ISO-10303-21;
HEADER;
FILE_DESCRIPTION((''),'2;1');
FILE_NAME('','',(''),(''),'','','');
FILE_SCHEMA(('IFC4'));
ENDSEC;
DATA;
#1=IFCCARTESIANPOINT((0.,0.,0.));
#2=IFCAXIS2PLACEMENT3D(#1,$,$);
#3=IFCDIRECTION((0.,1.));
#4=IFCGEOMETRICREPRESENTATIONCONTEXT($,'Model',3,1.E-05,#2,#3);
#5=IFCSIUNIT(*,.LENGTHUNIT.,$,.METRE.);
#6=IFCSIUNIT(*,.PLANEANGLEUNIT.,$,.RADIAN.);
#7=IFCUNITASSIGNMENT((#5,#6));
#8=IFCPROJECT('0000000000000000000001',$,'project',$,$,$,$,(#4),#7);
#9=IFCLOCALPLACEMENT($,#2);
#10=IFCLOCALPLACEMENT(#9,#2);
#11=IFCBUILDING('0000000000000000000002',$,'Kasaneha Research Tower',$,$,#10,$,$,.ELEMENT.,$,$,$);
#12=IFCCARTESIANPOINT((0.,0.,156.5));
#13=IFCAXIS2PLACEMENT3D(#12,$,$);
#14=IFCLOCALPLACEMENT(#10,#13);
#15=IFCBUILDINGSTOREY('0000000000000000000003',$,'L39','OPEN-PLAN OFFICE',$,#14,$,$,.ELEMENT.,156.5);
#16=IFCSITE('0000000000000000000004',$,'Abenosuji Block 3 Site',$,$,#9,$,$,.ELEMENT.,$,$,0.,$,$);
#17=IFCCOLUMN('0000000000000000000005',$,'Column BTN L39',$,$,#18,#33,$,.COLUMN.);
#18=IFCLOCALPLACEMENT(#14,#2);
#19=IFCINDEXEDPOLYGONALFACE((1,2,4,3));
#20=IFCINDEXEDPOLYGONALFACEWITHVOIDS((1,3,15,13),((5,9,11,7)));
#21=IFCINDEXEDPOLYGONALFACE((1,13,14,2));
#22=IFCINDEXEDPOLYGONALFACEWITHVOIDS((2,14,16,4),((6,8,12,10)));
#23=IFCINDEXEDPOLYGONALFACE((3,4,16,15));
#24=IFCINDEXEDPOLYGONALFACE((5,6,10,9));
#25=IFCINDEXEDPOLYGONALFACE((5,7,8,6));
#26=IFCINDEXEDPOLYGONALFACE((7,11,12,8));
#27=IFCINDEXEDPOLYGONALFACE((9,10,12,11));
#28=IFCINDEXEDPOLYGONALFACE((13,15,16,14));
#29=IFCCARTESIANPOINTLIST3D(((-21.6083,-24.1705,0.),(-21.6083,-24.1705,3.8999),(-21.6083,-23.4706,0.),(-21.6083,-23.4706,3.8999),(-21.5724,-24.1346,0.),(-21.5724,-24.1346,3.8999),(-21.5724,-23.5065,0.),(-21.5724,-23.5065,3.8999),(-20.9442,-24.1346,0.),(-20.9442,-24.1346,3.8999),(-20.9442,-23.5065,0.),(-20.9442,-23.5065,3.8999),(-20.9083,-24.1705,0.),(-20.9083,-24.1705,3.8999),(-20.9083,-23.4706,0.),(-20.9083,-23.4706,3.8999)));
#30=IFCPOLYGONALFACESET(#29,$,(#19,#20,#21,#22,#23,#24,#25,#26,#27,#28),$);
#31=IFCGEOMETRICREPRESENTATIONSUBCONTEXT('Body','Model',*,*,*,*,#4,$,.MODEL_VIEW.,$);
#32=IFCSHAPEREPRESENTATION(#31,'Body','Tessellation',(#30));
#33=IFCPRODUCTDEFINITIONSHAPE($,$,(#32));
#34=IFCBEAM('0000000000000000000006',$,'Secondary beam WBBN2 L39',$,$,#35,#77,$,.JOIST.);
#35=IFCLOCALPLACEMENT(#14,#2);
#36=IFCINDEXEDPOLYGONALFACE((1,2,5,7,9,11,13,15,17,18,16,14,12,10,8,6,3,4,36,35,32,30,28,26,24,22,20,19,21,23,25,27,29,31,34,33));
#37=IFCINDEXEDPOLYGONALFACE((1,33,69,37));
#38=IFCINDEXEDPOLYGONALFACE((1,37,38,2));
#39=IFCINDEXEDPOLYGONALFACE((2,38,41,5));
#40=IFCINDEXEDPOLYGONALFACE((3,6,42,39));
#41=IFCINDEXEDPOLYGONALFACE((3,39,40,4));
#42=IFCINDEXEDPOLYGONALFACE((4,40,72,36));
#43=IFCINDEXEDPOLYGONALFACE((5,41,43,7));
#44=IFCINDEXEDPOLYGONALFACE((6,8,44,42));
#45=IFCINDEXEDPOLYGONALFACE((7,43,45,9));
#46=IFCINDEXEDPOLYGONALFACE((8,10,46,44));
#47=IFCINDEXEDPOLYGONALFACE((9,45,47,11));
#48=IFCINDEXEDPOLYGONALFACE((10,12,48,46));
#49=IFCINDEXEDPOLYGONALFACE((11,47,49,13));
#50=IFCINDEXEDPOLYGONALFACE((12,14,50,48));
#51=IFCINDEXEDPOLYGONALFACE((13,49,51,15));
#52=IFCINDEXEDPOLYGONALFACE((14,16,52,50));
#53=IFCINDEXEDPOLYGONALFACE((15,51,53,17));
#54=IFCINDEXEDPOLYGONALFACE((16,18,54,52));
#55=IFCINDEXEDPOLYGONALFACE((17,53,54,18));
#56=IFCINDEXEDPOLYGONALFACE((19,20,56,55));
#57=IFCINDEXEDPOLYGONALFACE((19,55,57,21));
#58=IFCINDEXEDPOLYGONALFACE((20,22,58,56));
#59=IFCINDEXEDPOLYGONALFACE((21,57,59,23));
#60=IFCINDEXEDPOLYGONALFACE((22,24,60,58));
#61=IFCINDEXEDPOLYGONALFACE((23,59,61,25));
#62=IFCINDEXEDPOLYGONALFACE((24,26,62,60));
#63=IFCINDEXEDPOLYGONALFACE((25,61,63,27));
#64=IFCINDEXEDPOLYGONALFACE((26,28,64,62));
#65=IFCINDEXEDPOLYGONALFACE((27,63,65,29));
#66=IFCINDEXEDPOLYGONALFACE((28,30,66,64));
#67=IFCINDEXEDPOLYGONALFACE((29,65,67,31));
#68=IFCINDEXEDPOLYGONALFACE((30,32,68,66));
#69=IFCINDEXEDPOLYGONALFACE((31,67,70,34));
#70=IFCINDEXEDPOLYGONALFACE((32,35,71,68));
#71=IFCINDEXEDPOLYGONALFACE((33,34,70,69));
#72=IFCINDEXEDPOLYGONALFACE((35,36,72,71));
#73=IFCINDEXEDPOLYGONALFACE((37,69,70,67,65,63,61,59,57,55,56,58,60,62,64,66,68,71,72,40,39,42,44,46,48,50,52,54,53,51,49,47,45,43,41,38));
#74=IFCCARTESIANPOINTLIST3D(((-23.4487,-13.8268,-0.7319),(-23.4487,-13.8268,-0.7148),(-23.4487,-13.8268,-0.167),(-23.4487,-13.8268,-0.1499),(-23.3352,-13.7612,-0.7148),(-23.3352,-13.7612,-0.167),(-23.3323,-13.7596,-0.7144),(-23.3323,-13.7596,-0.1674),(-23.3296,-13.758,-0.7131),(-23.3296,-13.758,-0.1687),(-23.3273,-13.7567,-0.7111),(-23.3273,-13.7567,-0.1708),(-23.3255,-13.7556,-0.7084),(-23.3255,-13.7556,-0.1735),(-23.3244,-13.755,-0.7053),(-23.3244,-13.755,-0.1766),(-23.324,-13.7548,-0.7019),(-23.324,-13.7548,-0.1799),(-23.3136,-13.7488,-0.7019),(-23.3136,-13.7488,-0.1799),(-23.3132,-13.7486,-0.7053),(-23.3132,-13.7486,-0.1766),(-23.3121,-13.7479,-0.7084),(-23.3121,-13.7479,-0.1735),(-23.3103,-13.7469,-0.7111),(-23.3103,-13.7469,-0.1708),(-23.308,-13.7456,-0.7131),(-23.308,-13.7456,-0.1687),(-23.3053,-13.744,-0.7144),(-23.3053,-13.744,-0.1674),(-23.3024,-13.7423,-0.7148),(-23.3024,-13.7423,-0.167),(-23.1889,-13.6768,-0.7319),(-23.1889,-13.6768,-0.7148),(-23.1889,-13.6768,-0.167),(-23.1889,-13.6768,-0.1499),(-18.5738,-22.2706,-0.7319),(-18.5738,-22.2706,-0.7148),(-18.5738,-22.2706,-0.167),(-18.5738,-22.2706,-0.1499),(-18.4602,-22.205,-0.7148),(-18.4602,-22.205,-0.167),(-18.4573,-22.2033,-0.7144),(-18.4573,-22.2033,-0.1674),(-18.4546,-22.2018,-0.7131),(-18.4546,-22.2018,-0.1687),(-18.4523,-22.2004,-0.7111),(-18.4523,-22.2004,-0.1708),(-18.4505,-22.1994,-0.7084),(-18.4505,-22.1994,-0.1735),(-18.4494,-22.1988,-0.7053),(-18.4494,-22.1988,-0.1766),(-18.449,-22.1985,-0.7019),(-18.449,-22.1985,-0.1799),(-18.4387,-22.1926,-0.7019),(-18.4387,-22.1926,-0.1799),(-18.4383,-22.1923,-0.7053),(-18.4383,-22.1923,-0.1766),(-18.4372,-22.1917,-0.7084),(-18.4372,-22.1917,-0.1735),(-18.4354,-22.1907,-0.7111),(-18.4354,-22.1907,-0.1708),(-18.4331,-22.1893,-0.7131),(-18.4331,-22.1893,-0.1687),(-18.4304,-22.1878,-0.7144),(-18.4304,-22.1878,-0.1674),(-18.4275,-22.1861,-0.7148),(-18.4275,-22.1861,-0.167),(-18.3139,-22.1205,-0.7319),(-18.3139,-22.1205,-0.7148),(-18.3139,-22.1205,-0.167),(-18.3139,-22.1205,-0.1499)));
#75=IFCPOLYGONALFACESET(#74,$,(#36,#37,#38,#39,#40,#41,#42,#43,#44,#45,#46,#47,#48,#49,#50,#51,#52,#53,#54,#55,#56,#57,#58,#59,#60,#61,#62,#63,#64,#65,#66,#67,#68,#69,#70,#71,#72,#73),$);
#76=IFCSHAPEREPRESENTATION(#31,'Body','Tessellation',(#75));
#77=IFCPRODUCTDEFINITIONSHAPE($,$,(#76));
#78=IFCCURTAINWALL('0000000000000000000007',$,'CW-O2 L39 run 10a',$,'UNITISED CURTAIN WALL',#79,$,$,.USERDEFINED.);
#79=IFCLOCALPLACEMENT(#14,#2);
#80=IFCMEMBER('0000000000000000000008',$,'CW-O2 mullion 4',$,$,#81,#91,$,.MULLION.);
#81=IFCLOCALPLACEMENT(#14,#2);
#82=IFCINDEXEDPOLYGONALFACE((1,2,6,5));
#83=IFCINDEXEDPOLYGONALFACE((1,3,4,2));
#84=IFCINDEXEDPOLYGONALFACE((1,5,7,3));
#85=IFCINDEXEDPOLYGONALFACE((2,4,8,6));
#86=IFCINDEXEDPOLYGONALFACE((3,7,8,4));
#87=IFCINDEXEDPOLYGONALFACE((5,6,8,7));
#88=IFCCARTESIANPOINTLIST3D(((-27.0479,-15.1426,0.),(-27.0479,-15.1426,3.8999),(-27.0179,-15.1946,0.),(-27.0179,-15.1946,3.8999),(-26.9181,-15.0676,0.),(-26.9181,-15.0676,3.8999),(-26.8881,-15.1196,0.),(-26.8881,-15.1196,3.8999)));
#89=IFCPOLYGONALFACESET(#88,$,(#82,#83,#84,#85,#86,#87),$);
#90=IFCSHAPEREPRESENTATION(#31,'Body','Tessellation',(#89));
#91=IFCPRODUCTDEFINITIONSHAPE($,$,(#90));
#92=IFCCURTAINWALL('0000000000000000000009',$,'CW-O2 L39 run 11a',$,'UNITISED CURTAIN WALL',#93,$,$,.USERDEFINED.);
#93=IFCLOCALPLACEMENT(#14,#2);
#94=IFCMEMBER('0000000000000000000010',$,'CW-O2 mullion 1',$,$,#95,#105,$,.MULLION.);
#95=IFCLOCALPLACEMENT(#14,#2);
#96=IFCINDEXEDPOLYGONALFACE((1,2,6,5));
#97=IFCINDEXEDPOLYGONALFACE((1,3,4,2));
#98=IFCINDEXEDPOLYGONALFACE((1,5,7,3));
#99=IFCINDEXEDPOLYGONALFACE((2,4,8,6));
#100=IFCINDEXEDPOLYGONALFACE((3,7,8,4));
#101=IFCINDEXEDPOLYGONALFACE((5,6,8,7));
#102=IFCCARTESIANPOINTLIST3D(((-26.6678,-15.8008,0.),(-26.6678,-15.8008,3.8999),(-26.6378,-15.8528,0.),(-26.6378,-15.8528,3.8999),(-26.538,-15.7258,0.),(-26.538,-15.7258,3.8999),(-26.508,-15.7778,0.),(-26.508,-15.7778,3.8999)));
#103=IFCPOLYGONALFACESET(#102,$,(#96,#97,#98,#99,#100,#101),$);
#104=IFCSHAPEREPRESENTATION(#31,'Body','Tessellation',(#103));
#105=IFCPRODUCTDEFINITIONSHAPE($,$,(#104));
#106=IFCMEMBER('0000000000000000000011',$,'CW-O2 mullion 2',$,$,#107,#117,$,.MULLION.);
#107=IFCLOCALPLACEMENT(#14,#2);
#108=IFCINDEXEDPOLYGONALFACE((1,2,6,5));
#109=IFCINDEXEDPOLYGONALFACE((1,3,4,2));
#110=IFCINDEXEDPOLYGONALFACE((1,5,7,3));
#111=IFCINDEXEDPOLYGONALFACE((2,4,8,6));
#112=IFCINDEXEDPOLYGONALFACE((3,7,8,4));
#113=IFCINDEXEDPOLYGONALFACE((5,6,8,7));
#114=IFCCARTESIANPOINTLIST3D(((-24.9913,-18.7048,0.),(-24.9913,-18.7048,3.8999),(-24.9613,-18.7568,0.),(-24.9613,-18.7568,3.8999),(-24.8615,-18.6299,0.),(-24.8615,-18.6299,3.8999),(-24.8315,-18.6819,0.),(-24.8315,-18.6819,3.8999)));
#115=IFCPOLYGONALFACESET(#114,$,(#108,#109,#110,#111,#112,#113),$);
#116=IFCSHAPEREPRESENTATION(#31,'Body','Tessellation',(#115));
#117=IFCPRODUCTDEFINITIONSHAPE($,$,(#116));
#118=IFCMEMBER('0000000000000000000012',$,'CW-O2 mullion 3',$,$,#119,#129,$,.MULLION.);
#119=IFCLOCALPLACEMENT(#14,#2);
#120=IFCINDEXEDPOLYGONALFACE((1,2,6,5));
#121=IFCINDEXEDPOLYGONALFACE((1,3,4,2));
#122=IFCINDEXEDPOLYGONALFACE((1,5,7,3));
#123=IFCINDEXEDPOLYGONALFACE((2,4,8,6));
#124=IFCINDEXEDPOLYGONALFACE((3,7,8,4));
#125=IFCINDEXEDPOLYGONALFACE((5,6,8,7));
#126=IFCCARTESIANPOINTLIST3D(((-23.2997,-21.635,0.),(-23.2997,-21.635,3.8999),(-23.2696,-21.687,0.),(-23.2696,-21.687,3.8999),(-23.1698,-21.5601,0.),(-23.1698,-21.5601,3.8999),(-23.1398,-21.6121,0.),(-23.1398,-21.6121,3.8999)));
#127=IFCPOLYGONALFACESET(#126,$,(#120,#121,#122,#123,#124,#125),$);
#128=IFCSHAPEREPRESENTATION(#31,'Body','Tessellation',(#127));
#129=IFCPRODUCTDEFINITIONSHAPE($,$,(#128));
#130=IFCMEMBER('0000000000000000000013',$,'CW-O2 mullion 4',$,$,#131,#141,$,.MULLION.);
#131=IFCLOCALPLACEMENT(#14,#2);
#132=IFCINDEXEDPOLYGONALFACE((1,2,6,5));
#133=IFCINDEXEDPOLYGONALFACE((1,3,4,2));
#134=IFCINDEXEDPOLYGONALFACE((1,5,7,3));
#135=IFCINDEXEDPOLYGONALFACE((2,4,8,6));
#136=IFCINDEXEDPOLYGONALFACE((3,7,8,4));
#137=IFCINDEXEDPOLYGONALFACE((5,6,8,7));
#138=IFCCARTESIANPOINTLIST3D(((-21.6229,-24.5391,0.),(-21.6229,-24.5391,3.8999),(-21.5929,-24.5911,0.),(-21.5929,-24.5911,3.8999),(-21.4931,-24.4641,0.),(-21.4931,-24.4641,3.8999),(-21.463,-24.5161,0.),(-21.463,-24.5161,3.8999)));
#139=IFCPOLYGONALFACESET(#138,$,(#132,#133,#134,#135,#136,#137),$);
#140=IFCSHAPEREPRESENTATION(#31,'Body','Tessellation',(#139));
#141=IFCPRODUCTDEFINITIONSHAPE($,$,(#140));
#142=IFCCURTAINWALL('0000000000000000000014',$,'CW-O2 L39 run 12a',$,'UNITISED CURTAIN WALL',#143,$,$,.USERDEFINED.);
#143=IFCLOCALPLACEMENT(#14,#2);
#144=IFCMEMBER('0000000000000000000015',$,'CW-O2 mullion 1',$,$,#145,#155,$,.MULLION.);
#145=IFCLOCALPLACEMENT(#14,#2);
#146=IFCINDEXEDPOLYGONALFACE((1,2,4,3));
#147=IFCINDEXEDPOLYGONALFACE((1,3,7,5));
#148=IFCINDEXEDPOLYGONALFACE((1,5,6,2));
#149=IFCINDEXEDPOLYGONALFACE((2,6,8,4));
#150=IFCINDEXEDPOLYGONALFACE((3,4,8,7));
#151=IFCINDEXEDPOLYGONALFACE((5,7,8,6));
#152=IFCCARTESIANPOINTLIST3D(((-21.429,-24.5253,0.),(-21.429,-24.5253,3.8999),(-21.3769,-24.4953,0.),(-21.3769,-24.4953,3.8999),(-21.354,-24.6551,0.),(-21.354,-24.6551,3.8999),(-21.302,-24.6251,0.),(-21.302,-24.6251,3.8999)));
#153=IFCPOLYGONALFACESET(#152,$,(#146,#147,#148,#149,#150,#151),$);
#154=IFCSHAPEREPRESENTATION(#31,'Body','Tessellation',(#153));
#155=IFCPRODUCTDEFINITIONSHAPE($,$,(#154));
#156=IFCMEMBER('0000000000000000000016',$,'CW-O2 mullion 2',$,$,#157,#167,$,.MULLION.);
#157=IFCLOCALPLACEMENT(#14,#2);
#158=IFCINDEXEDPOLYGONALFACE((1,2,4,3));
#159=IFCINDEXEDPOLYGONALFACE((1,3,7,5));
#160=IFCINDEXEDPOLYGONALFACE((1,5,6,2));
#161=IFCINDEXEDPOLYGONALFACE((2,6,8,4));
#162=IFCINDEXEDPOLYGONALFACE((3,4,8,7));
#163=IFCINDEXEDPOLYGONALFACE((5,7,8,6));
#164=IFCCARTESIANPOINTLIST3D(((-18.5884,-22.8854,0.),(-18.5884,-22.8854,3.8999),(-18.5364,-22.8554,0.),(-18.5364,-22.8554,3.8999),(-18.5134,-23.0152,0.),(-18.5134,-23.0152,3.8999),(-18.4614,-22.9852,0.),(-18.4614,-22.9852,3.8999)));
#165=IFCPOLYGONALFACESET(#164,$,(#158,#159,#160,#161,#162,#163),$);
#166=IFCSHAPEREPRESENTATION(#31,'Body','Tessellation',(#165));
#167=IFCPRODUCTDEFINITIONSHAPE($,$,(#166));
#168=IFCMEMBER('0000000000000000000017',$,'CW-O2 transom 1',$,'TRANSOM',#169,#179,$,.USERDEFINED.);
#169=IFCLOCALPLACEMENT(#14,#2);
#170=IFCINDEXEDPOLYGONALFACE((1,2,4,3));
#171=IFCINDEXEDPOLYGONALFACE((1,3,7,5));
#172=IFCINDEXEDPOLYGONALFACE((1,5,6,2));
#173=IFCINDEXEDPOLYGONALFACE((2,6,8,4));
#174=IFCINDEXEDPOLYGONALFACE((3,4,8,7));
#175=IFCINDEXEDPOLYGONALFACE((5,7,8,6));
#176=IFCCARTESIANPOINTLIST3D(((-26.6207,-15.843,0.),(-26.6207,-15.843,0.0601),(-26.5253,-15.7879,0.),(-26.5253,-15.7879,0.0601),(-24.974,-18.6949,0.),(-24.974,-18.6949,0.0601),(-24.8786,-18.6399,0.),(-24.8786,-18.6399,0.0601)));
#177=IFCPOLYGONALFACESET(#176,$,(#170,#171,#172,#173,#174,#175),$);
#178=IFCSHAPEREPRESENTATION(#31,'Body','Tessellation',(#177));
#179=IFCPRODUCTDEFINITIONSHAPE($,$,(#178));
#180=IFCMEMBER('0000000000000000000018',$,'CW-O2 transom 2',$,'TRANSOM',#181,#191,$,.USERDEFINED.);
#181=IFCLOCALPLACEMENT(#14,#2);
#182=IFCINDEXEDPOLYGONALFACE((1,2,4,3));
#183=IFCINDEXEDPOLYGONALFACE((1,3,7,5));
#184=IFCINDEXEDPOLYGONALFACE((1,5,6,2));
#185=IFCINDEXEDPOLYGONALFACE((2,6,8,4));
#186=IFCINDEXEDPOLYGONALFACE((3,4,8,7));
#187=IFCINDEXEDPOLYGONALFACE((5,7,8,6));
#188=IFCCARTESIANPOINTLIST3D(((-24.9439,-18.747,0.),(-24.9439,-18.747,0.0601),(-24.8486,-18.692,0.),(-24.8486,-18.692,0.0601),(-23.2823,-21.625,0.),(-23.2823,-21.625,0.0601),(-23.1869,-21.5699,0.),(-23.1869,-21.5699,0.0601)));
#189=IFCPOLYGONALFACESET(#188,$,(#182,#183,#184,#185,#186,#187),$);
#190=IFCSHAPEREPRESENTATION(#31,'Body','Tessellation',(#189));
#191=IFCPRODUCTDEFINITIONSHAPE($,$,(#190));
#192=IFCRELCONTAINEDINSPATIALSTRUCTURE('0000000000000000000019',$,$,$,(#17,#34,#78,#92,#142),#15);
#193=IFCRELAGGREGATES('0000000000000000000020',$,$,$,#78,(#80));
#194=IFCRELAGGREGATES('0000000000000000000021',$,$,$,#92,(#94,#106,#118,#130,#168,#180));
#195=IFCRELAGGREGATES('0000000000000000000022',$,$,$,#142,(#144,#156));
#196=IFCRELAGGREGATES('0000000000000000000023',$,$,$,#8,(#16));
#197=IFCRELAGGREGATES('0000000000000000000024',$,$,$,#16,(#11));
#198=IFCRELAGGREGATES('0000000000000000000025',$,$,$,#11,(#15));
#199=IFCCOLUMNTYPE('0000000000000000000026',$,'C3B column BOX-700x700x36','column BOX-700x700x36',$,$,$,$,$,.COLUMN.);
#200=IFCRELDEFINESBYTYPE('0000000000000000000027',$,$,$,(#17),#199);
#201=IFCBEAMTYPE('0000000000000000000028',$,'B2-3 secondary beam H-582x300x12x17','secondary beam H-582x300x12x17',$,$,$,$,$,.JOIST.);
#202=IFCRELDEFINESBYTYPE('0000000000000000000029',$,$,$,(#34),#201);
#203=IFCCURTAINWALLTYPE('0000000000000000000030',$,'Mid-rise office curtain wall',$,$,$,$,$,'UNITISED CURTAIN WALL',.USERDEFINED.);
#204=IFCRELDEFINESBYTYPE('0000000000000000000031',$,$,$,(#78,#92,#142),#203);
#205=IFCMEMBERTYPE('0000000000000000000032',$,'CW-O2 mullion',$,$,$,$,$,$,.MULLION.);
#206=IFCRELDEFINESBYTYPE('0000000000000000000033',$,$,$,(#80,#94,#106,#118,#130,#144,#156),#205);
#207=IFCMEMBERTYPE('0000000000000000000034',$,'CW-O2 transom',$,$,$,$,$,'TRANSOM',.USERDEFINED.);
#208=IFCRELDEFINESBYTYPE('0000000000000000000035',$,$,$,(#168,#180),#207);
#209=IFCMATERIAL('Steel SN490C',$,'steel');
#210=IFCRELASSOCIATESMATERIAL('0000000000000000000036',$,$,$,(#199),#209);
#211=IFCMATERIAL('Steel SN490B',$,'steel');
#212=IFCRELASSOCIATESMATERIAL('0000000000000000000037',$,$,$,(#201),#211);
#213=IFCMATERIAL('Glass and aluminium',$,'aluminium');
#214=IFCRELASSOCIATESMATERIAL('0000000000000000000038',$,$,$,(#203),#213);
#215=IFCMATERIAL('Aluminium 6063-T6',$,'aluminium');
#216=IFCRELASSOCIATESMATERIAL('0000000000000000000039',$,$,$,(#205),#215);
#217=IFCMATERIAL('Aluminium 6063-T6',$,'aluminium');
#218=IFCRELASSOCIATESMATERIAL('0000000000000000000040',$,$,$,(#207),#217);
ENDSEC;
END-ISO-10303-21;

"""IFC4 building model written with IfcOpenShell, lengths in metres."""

from ifc_helpers import new_model, si_unit, direction, frame, origin, origin_2d, place, context, subcontext, project, spatial, rectangle, hollow_rectangle, i_section, extrude, material, material_profile, profile_set, type_object, element, aggregate, save


model = new_model("IFC4")

# Units and contexts
model_context = context("Model", 3, precision=1e-05, world=origin(), true_north=direction((0.0, 1.0)))
body_context = subcontext(model_context, "Body", "Model", "MODEL_VIEW")
ifc_project = project(units=[si_unit("LENGTHUNIT", "METRE"), si_unit("PLANEANGLEUNIT", "RADIAN")], contexts=[model_context])

# Site, building, storey
site_placement = place(None, origin())
site = spatial("IfcSite", under=ifc_project, at=site_placement, Name="Abenosuji Block 3 Site", CompositionType="ELEMENT", RefElevation=0.0)
building_placement = place(site_placement, origin())
building = spatial("IfcBuilding", under=site, at=building_placement, Name="Kasaneha Research Tower", CompositionType="ELEMENT")
storey_placement = place(building_placement, frame((0.0, 0.0, 156.5)))
storey = spatial("IfcBuildingStorey", under=building, at=storey_placement, Name="L39", Description="OPEN-PLAN OFFICE", CompositionType="ELEMENT", Elevation=156.5)

# Column
ifc_material_1 = material(Name="Steel SN490C", Category="steel")
ifc_material_profile_1 = material_profile(ifc_material_1, hollow_rectangle(XDim=0.7, YDim=0.7, WallThickness=0.0359, at=origin_2d()), Name="BOX-700x700x36")
ifc_profile_set_1 = profile_set([ifc_material_profile_1], Name="Steel SN490C")
column_type = type_object("IfcColumnType", Name="C3B column BOX-700x700x36", Description="column BOX-700x700x36", PredefinedType="COLUMN", material=ifc_profile_set_1)
column_placement = place(storey_placement, frame((-21.2583, -23.8206, 0.0), z_axis=(0.0, 0.0, 1.0), x_axis=(1.0, 0.0, 0.0)))
element("IfcColumn", 1, at=column_placement, inside=storey, type_object=column_type, Name="Column BTN L39", PredefinedType="COLUMN", context=body_context, shape_type="SweptSolid", body=[
    extrude(hollow_rectangle(XDim=0.7, YDim=0.7, WallThickness=0.0359, at=origin_2d()), origin(), (0.0, 0.0, 1.0), 3.8999),
])

# Beam
ifc_material_2 = material(Name="Steel SN490B", Category="steel")
ifc_material_profile_2 = material_profile(ifc_material_2, i_section(OverallWidth=0.3, OverallDepth=0.582, WebThickness=0.012, FlangeThickness=0.0171, FilletRadius=0.0129, at=origin_2d()), Name="H-582x300x12x17")
ifc_profile_set_2 = profile_set([ifc_material_profile_2], Name="Steel SN490B")
beam_type_1 = type_object("IfcBeamType", Name="B2-3 secondary beam H-582x300x12x17", Description="secondary beam H-582x300x12x17", PredefinedType="JOIST", material=ifc_profile_set_2)
beam_1_placement = place(storey_placement, frame((-18.4438, -22.1956, -0.4409), z_axis=(-0.499996, 0.866028, 0.0), x_axis=(-0.866028, -0.499996, 0.0)))
element("IfcBeam", 2, at=beam_1_placement, inside=storey, type_object=beam_type_1, Name="Secondary beam WBBN2 L39", PredefinedType="JOIST", context=body_context, shape_type="SweptSolid", body=[
    extrude(i_section(OverallWidth=0.3, OverallDepth=0.582, WebThickness=0.012, FlangeThickness=0.0171, FilletRadius=0.0129, at=origin_2d()), origin(), (0.0, 0.0, 1.0), 9.75),
])

# Curtain wall, member
ifc_material_3 = material(Name="Glass and aluminium", Category="aluminium")
curtain_wall_type = type_object("IfcCurtainWallType", Name="Mid-rise office curtain wall", ElementType="UNITISED CURTAIN WALL", PredefinedType="USERDEFINED", material=ifc_material_3)
curtain_wall_1_placement = place(storey_placement, origin())
curtain_wall_1 = element("IfcCurtainWall", 3, at=curtain_wall_1_placement, inside=storey, type_object=curtain_wall_type, Name="CW-O2 L39 run 10a", ObjectType="UNITISED CURTAIN WALL", PredefinedType="USERDEFINED")
ifc_material_4 = material(Name="Aluminium 6063-T6", Category="aluminium")
ifc_material_profile_3 = material_profile(ifc_material_4, rectangle(XDim=0.0601, YDim=0.1499, at=origin_2d()), Name="CW-O2 mullion 60x150")
ifc_profile_set_3 = profile_set([ifc_material_profile_3], Name="Aluminium 6063-T6")
member_type_1 = type_object("IfcMemberType", Name="CW-O2 mullion", PredefinedType="MULLION", material=ifc_profile_set_3)
member_1_placement = place(storey_placement, frame((-26.968, -15.1311, 0.0), z_axis=(0.0, 0.0, 1.0), x_axis=(0.5, -0.866025, 0.0)))
member_1 = element("IfcMember", 4, at=member_1_placement, type_object=member_type_1, Name="CW-O2 mullion 4", PredefinedType="MULLION", context=body_context, shape_type="SweptSolid", body=[
    extrude(rectangle(XDim=0.0601, YDim=0.1499, at=origin_2d()), origin(), (0.0, 0.0, 1.0), 3.8999),
])

# Curtain walls, members
curtain_wall_2_placement = place(storey_placement, origin())
curtain_wall_2 = element("IfcCurtainWall", 5, at=curtain_wall_2_placement, inside=storey, type_object=curtain_wall_type, Name="CW-O2 L39 run 11a", ObjectType="UNITISED CURTAIN WALL", PredefinedType="USERDEFINED")
member_2_placement = place(storey_placement, frame((-26.5879, -15.7893, 0.0), z_axis=(0.0, 0.0, 1.0), x_axis=(0.5, -0.866025, 0.0)))
member_2 = element("IfcMember", 6, at=member_2_placement, type_object=member_type_1, Name="CW-O2 mullion 1", PredefinedType="MULLION", context=body_context, shape_type="SweptSolid", body=[
    extrude(rectangle(XDim=0.0601, YDim=0.1499, at=origin_2d()), origin(), (0.0, 0.0, 1.0), 3.8999),
])
member_3_placement = place(storey_placement, frame((-24.9114, -18.6934, 0.0), z_axis=(0.0, 0.0, 1.0), x_axis=(0.5, -0.866025, 0.0)))
member_3 = element("IfcMember", 7, at=member_3_placement, type_object=member_type_1, Name="CW-O2 mullion 2", PredefinedType="MULLION", context=body_context, shape_type="SweptSolid", body=[
    extrude(rectangle(XDim=0.0601, YDim=0.1499, at=origin_2d()), origin(), (0.0, 0.0, 1.0), 3.8999),
])
member_4_placement = place(storey_placement, frame((-23.2197, -21.6235, 0.0), z_axis=(0.0, 0.0, 1.0), x_axis=(0.5, -0.866025, 0.0)))
member_4 = element("IfcMember", 8, at=member_4_placement, type_object=member_type_1, Name="CW-O2 mullion 3", PredefinedType="MULLION", context=body_context, shape_type="SweptSolid", body=[
    extrude(rectangle(XDim=0.0601, YDim=0.1499, at=origin_2d()), origin(), (0.0, 0.0, 1.0), 3.8999),
])
member_5_placement = place(storey_placement, frame((-21.543, -24.5276, 0.0), z_axis=(0.0, 0.0, 1.0), x_axis=(0.5, -0.866025, 0.0)))
member_5 = element("IfcMember", 9, at=member_5_placement, type_object=member_type_1, Name="CW-O2 mullion 4", PredefinedType="MULLION", context=body_context, shape_type="SweptSolid", body=[
    extrude(rectangle(XDim=0.0601, YDim=0.1499, at=origin_2d()), origin(), (0.0, 0.0, 1.0), 3.8999),
])
curtain_wall_3_placement = place(storey_placement, origin())
curtain_wall_3 = element("IfcCurtainWall", 10, at=curtain_wall_3_placement, inside=storey, type_object=curtain_wall_type, Name="CW-O2 L39 run 12a", ObjectType="UNITISED CURTAIN WALL", PredefinedType="USERDEFINED")
member_6_placement = place(storey_placement, frame((-21.3655, -24.5752, 0.0), z_axis=(0.0, 0.0, 1.0), x_axis=(0.866025, 0.5, 0.0)))
member_6 = element("IfcMember", 11, at=member_6_placement, type_object=member_type_1, Name="CW-O2 mullion 1", PredefinedType="MULLION", context=body_context, shape_type="SweptSolid", body=[
    extrude(rectangle(XDim=0.0601, YDim=0.1499, at=origin_2d()), origin(), (0.0, 0.0, 1.0), 3.8999),
])
member_7_placement = place(storey_placement, frame((-18.5249, -22.9353, 0.0), z_axis=(0.0, 0.0, 1.0), x_axis=(0.866025, 0.5, 0.0)))
member_7 = element("IfcMember", 12, at=member_7_placement, type_object=member_type_1, Name="CW-O2 mullion 2", PredefinedType="MULLION", context=body_context, shape_type="SweptSolid", body=[
    extrude(rectangle(XDim=0.0601, YDim=0.1499, at=origin_2d()), origin(), (0.0, 0.0, 1.0), 3.8999),
])

# Members
ifc_material_5 = material(Name="Aluminium 6063-T6", Category="aluminium")
ifc_material_profile_4 = material_profile(ifc_material_5, rectangle(XDim=0.1101, YDim=0.0601, at=origin_2d()), Name="CW-O2 transom 110x60")
ifc_profile_set_4 = profile_set([ifc_material_profile_4], Name="Aluminium 6063-T6")
member_type_2 = type_object("IfcMemberType", Name="CW-O2 transom", ElementType="TRANSOM", PredefinedType="USERDEFINED", material=ifc_profile_set_4)
member_8_placement = place(storey_placement, frame((-26.573, -15.8154, 0.03), z_axis=(0.500022, -0.866013, 0.0), x_axis=(0.866013, 0.500022, 0.0)))
member_8 = element("IfcMember", 13, at=member_8_placement, type_object=member_type_2, Name="CW-O2 transom 1", ObjectType="TRANSOM", PredefinedType="USERDEFINED", context=body_context, shape_type="SweptSolid", body=[
    extrude(rectangle(XDim=0.1101, YDim=0.0601, at=origin_2d()), origin(), (0.0, 0.0, 1.0), 3.2932),
])
member_9_placement = place(storey_placement, frame((-24.8962, -18.7195, 0.03), z_axis=(0.500011, -0.866019, 0.0), x_axis=(0.866019, 0.500011, 0.0)))
member_9 = element("IfcMember", 14, at=member_9_placement, type_object=member_type_2, Name="CW-O2 transom 2", ObjectType="TRANSOM", PredefinedType="USERDEFINED", context=body_context, shape_type="SweptSolid", body=[
    extrude(rectangle(XDim=0.1101, YDim=0.0601, at=origin_2d()), origin(), (0.0, 0.0, 1.0), 3.3232),
])

aggregate(curtain_wall_1, [member_1])
aggregate(curtain_wall_2, [member_2, member_3, member_4, member_5, member_8, member_9])
aggregate(curtain_wall_3, [member_6, member_7])

save(model, "model.ifc")
